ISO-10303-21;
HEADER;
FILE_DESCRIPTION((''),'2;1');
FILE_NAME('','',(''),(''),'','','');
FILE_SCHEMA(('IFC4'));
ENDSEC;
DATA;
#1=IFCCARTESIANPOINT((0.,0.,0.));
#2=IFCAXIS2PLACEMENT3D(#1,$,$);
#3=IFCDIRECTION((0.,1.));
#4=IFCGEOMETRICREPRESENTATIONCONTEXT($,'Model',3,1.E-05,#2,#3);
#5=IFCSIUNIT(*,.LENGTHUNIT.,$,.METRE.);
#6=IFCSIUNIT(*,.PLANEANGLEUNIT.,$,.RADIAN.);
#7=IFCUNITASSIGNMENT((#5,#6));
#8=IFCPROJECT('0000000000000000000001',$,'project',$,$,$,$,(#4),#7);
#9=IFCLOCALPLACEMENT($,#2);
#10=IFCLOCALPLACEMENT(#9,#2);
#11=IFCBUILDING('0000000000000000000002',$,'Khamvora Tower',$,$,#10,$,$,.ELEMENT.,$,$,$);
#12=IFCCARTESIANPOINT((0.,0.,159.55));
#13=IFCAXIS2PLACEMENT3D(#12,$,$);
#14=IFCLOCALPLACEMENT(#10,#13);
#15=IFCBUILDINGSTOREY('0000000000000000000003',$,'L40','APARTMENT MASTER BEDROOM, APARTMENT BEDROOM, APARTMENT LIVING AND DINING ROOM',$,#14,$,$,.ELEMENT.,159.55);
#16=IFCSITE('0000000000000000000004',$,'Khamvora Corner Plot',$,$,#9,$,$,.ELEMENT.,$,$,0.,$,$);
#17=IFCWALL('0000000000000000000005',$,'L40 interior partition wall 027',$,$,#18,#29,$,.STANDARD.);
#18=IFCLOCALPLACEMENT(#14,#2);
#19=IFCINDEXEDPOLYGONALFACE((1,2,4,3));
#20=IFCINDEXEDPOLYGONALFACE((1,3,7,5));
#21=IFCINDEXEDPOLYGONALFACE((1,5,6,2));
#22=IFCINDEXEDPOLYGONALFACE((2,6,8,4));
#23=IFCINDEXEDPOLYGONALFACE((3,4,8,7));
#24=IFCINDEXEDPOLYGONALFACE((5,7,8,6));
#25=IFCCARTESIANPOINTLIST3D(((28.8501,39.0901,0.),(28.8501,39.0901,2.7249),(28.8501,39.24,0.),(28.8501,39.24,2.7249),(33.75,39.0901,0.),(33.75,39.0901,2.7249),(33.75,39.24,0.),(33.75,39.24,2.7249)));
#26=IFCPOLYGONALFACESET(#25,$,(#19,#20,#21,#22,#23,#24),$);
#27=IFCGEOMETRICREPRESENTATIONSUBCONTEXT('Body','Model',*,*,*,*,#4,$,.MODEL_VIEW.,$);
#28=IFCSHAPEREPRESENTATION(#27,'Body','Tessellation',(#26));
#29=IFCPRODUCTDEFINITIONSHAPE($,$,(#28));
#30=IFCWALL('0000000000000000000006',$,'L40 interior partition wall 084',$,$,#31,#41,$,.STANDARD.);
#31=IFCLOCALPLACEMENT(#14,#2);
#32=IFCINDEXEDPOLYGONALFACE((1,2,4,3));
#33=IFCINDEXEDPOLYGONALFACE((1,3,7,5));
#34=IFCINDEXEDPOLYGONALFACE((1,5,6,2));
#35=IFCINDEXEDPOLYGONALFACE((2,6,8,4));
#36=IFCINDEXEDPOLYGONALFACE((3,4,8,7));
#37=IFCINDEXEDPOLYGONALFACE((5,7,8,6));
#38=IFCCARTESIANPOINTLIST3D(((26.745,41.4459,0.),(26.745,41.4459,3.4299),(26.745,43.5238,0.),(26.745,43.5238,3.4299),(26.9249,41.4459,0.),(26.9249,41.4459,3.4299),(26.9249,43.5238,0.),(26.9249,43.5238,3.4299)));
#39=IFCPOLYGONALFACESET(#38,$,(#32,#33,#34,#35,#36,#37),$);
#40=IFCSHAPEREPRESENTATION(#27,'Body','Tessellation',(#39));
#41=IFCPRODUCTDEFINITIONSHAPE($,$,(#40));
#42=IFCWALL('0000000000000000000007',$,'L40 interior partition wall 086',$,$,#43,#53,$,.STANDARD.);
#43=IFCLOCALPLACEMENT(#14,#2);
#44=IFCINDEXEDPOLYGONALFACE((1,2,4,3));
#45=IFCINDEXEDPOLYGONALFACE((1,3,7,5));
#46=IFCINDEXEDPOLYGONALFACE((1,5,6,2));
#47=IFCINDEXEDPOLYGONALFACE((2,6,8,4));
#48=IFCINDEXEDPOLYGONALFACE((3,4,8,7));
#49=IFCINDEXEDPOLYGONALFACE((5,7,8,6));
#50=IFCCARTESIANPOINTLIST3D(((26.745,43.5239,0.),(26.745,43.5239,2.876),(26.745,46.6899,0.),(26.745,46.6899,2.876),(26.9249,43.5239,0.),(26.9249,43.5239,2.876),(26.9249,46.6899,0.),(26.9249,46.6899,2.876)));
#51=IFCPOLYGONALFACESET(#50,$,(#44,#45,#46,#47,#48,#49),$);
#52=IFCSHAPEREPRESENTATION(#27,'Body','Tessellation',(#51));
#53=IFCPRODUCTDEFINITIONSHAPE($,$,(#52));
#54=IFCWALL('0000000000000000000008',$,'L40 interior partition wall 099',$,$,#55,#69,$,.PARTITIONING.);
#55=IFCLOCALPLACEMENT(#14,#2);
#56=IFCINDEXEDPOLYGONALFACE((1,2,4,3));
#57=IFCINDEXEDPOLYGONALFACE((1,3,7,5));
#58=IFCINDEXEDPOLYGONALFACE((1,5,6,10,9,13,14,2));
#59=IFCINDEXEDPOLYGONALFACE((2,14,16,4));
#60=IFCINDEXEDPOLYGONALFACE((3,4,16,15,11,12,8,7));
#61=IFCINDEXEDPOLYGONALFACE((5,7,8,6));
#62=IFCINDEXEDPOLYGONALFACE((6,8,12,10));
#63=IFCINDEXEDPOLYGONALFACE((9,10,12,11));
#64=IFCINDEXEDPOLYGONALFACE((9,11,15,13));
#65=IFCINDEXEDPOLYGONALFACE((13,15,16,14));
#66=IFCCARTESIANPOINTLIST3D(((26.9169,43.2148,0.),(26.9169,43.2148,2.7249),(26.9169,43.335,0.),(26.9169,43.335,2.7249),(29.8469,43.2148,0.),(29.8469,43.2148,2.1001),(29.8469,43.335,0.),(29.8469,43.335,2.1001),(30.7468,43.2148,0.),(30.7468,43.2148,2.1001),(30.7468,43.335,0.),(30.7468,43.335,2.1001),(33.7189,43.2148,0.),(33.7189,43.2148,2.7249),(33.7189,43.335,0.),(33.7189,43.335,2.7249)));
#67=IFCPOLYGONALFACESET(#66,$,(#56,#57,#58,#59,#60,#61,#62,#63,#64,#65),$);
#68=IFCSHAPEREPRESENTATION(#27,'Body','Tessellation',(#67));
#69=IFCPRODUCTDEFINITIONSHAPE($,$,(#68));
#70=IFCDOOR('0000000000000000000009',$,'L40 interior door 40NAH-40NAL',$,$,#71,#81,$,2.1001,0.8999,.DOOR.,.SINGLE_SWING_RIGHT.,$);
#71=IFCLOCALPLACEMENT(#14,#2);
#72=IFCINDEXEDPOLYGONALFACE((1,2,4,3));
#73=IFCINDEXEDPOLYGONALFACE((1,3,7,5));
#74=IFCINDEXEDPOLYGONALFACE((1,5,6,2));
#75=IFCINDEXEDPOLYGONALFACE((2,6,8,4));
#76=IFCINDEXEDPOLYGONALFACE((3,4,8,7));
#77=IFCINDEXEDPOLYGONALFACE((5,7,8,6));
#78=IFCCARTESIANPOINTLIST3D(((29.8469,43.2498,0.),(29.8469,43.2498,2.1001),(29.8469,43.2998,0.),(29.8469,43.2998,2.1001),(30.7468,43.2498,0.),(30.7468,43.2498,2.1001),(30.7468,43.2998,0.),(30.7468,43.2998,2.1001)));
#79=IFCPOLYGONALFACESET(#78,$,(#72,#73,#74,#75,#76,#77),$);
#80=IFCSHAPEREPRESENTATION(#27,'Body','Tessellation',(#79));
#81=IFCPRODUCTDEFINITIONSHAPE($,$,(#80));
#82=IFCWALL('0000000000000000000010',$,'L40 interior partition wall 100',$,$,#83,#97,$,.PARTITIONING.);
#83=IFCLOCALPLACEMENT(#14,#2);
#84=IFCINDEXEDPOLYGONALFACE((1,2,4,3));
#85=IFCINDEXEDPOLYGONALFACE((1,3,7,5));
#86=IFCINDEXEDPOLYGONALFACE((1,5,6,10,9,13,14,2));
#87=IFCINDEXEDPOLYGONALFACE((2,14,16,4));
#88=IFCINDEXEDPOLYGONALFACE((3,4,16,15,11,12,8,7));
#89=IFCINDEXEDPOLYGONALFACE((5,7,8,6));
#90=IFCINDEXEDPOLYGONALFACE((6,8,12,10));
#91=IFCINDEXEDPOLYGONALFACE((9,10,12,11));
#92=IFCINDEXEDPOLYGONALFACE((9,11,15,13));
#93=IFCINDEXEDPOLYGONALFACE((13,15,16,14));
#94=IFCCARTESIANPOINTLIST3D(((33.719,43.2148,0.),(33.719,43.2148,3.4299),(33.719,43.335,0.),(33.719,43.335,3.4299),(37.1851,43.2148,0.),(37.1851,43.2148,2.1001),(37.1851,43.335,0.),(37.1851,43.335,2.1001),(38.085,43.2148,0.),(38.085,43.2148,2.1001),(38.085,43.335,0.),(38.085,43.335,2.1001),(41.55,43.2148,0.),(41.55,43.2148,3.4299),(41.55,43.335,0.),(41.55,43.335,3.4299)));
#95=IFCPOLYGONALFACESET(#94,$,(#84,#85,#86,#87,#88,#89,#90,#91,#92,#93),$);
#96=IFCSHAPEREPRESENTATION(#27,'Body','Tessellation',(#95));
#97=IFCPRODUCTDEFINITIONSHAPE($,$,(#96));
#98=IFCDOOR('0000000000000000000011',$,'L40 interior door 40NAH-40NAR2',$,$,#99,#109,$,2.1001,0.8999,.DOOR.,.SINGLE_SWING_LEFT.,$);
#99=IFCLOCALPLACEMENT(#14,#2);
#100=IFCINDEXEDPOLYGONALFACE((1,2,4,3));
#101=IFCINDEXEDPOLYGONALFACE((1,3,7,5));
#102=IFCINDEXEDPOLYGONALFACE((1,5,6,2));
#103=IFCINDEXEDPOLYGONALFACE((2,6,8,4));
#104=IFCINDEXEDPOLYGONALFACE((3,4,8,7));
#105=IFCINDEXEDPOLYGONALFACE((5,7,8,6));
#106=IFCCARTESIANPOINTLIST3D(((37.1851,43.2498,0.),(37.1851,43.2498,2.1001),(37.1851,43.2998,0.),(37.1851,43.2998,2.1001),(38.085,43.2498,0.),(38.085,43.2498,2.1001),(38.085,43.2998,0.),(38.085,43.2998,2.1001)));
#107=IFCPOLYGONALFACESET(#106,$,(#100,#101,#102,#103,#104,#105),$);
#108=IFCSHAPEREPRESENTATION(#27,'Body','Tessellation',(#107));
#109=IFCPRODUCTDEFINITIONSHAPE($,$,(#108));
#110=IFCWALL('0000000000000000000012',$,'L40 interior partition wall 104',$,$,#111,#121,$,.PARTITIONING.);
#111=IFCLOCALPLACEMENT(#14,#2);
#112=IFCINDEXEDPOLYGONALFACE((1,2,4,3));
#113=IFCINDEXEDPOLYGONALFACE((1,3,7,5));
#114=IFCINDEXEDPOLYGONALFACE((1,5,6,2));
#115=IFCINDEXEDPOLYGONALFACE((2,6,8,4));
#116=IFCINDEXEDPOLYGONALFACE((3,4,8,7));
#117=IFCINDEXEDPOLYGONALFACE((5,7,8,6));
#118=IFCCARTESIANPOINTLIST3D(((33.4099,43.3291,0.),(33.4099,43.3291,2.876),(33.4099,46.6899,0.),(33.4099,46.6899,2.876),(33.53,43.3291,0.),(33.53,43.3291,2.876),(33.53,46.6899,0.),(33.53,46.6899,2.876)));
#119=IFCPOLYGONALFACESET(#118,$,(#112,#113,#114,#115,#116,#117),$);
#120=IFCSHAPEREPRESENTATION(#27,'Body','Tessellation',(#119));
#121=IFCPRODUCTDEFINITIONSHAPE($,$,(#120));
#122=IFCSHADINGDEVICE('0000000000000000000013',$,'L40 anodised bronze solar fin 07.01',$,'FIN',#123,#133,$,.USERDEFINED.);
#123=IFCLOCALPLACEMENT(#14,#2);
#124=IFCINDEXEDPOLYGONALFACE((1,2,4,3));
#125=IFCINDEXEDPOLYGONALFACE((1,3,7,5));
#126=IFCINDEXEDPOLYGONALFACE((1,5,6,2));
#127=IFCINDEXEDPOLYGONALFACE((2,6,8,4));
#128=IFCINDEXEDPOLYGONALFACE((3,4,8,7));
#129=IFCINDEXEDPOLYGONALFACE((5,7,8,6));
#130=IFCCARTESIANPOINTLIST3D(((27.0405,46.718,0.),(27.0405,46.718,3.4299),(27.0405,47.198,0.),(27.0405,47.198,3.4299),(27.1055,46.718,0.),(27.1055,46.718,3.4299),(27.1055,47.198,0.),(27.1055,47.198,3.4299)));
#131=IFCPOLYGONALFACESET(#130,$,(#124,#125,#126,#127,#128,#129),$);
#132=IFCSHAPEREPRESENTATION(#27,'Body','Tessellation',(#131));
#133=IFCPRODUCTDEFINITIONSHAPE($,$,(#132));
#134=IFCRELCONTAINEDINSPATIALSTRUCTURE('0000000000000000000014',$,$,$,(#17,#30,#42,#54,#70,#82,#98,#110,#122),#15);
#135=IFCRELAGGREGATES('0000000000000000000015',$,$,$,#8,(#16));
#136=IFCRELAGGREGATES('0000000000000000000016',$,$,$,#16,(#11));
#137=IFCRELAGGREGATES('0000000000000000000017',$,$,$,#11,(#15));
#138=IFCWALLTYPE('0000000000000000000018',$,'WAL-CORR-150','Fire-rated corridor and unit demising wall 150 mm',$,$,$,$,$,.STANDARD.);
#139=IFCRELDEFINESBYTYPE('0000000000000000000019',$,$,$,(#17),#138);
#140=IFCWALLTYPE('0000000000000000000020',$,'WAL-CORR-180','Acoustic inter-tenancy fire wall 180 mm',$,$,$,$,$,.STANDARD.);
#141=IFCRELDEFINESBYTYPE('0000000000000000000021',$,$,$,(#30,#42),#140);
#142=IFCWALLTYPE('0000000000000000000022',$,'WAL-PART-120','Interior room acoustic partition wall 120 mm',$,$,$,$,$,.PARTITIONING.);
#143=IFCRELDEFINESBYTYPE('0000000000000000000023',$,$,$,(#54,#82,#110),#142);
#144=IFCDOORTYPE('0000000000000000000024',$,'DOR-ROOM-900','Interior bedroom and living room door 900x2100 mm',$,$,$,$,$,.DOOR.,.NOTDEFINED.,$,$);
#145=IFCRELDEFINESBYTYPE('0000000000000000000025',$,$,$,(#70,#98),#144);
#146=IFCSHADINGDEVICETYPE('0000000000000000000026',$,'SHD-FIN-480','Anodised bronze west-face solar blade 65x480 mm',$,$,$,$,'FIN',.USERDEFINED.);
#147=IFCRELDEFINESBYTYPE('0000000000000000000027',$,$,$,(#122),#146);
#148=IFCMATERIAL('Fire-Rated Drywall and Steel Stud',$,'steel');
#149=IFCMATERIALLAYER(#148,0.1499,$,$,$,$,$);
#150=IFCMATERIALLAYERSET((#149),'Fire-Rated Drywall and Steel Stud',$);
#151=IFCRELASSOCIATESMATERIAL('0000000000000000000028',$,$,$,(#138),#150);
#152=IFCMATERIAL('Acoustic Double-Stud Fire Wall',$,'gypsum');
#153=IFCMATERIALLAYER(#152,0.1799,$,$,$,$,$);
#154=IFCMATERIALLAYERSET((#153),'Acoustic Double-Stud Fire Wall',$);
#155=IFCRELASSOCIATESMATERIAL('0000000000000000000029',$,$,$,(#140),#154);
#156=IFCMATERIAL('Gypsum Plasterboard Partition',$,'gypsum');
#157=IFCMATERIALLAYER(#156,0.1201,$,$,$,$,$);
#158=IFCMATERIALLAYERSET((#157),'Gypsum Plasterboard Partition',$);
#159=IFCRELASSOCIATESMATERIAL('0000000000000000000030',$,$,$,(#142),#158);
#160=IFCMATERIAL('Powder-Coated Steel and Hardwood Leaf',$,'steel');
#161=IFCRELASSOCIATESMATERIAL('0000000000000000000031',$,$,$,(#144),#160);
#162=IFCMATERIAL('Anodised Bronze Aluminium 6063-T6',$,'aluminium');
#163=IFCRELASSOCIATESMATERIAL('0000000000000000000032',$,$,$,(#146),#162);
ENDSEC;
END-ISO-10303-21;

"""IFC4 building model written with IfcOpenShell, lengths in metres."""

from ifc_helpers import new_model, si_unit, direction, frame, frame_2d, origin, origin_2d, place, context, subcontext, project, spatial, rectangle, extrude, material, layer, layer_set, type_object, element, fill, save


model = new_model("IFC4")

# Units and contexts
model_context = context("Model", 3, precision=1e-05, world=origin(), true_north=direction((0.0, 1.0)))
body_context = subcontext(model_context, "Body", "Model", "MODEL_VIEW")
ifc_project = project(units=[si_unit("LENGTHUNIT", "METRE"), si_unit("PLANEANGLEUNIT", "RADIAN")], contexts=[model_context])

# Site, building, storey
site_placement = place(None, origin())
site = spatial("IfcSite", under=ifc_project, at=site_placement, Name="Khamvora Corner Plot", CompositionType="ELEMENT", RefElevation=0.0)
building_placement = place(site_placement, origin())
building = spatial("IfcBuilding", under=site, at=building_placement, Name="Khamvora Tower", CompositionType="ELEMENT")
storey_placement = place(building_placement, frame((0.0, 0.0, 159.55)))
storey = spatial("IfcBuildingStorey", under=building, at=storey_placement, Name="L40", Description="APARTMENT MASTER BEDROOM, APARTMENT BEDROOM, APARTMENT LIVING AND DINING ROOM", CompositionType="ELEMENT", Elevation=159.55)

# Shared definitions
ifc_material_1 = material(Name="Powder-Coated Steel and Hardwood Leaf", Category="steel")
ifc_material_2 = material(Name="Fire-Rated Drywall and Steel Stud", Category="steel")
ifc_layer_1 = layer(ifc_material_2, 0.1499)
ifc_layer_set_1 = layer_set([ifc_layer_1], Name="Fire-Rated Drywall and Steel Stud")
wall_type_1 = type_object("IfcWallType", Name="WAL-CORR-150", Description="Fire-rated corridor and unit demising wall 150 mm", PredefinedType="STANDARD", material=ifc_layer_set_1)

# Walls
wall_1_placement = place(storey_placement, frame((28.8501, 39.165, 0.0), z_axis=(0.0, 0.0, 1.0), x_axis=(1.0, 0.0, 0.0)))
element("IfcWall", 1, at=wall_1_placement, inside=storey, type_object=wall_type_1, Name="L40 interior partition wall 027", PredefinedType="STANDARD", context=body_context, shape_type="SweptSolid", body=[
    extrude(rectangle(XDim=4.8999, YDim=0.1499, at=frame_2d((2.45, 0.0))), origin(), (0.0, 0.0, 1.0), 2.7249),
])
ifc_material_3 = material(Name="Acoustic Double-Stud Fire Wall", Category="gypsum")
ifc_layer_2 = layer(ifc_material_3, 0.1799)
ifc_layer_set_2 = layer_set([ifc_layer_2], Name="Acoustic Double-Stud Fire Wall")
wall_type_2 = type_object("IfcWallType", Name="WAL-CORR-180", Description="Acoustic inter-tenancy fire wall 180 mm", PredefinedType="STANDARD", material=ifc_layer_set_2)
wall_2_placement = place(storey_placement, frame((26.835, 43.5239, 0.0), z_axis=(0.0, 0.0, 1.0), x_axis=(0.0, -1.0, 0.0)))
element("IfcWall", 2, at=wall_2_placement, inside=storey, type_object=wall_type_2, Name="L40 interior partition wall 084", PredefinedType="STANDARD", context=body_context, shape_type="SweptSolid", body=[
    extrude(rectangle(XDim=2.0779, YDim=0.1799, at=frame_2d((1.0391, 0.0))), origin(), (0.0, 0.0, 1.0), 3.4299),
])
wall_3_placement = place(storey_placement, frame((26.835, 46.6899, 0.0), z_axis=(0.0, 0.0, 1.0), x_axis=(0.0, -1.0, 0.0)))
element("IfcWall", 3, at=wall_3_placement, inside=storey, type_object=wall_type_2, Name="L40 interior partition wall 086", PredefinedType="STANDARD", context=body_context, shape_type="SweptSolid", body=[
    extrude(rectangle(XDim=3.166, YDim=0.1799, at=frame_2d((1.583, 0.0))), origin(), (0.0, 0.0, 1.0), 2.876),
])

# Walls, openings, doors
ifc_material_4 = material(Name="Gypsum Plasterboard Partition", Category="gypsum")
ifc_layer_3 = layer(ifc_material_4, 0.1201)
ifc_layer_set_3 = layer_set([ifc_layer_3], Name="Gypsum Plasterboard Partition")
wall_type_3 = type_object("IfcWallType", Name="WAL-PART-120", Description="Interior room acoustic partition wall 120 mm", PredefinedType="PARTITIONING", material=ifc_layer_set_3)
wall_4_placement = place(storey_placement, frame((26.917, 43.2749, 0.0), z_axis=(0.0, 0.0, 1.0), x_axis=(1.0, 0.0, 0.0)))
wall_4 = element("IfcWall", 4, at=wall_4_placement, inside=storey, type_object=wall_type_3, Name="L40 interior partition wall 099", PredefinedType="PARTITIONING", context=body_context, shape_type="SweptSolid", body=[
    extrude(rectangle(XDim=6.802, YDim=0.1201, at=frame_2d((3.4009, 0.0))), origin(), (0.0, 0.0, 1.0), 2.7249),
])
opening_1_placement = place(wall_4_placement, frame((2.9299, 0.0, 0.0)))
opening_1 = element("IfcOpeningElement", 5, at=opening_1_placement, cuts=wall_4, PredefinedType="OPENING", context=body_context, shape_type="SweptSolid", body=[
    extrude(rectangle(XDim=0.8999, YDim=2.1001, at=frame_2d((0.45, 1.05))), frame((0.0, 0.0701, 0.0), z_axis=(0.0, -1.0, 0.0), x_axis=(1.0, 0.0, 0.0)), (0.0, 0.0, 1.0), 0.1401),
])
door_type_1 = type_object("IfcDoorType", Name="DOR-ROOM-900", Description="Interior bedroom and living room door 900x2100 mm", OperationType="NOTDEFINED", PredefinedType="DOOR", material=ifc_material_1)
door_1_placement = place(opening_1_placement, origin())
door_1 = element("IfcDoor", 6, at=door_1_placement, inside=storey, type_object=door_type_1, Name="L40 interior door 40NAH-40NAL", OperationType="SINGLE_SWING_RIGHT", OverallHeight=2.1001, OverallWidth=0.8999, PredefinedType="DOOR", context=body_context, shape_type="SweptSolid", body=[
    extrude(rectangle(XDim=0.8999, YDim=2.1001, at=frame_2d((0.45, 1.05))), frame((0.0, 0.0249, 0.0), z_axis=(0.0, -1.0, 0.0), x_axis=(1.0, 0.0, 0.0)), (0.0, 0.0, 1.0), 0.05),
])
fill(opening_1, door_1)
wall_5_placement = place(storey_placement, frame((33.719, 43.2749, 0.0), z_axis=(0.0, 0.0, 1.0), x_axis=(1.0, 0.0, 0.0)))
wall_5 = element("IfcWall", 7, at=wall_5_placement, inside=storey, type_object=wall_type_3, Name="L40 interior partition wall 100", PredefinedType="PARTITIONING", context=body_context, shape_type="SweptSolid", body=[
    extrude(rectangle(XDim=7.8311, YDim=0.1201, at=frame_2d((3.9155, 0.0))), origin(), (0.0, 0.0, 1.0), 3.4299),
])
opening_2_placement = place(wall_5_placement, frame((3.4661, 0.0, 0.0)))
opening_2 = element("IfcOpeningElement", 8, at=opening_2_placement, cuts=wall_5, PredefinedType="OPENING", context=body_context, shape_type="SweptSolid", body=[
    extrude(rectangle(XDim=0.8999, YDim=2.1001, at=frame_2d((0.45, 1.05))), frame((0.0, 0.0701, 0.0), z_axis=(0.0, -1.0, 0.0), x_axis=(1.0, 0.0, 0.0)), (0.0, 0.0, 1.0), 0.1401),
])
door_2_placement = place(opening_2_placement, origin())
door_2 = element("IfcDoor", 9, at=door_2_placement, inside=storey, type_object=door_type_1, Name="L40 interior door 40NAH-40NAR2", OperationType="SINGLE_SWING_LEFT", OverallHeight=2.1001, OverallWidth=0.8999, PredefinedType="DOOR", context=body_context, shape_type="SweptSolid", body=[
    extrude(rectangle(XDim=0.8999, YDim=2.1001, at=frame_2d((0.45, 1.05))), frame((0.0, 0.0249, 0.0), z_axis=(0.0, -1.0, 0.0), x_axis=(1.0, 0.0, 0.0)), (0.0, 0.0, 1.0), 0.05),
])
fill(opening_2, door_2)

# Wall
wall_6_placement = place(storey_placement, frame((33.47, 46.6899, 0.0), z_axis=(0.0, 0.0, 1.0), x_axis=(0.0, -1.0, 0.0)))
element("IfcWall", 10, at=wall_6_placement, inside=storey, type_object=wall_type_3, Name="L40 interior partition wall 104", PredefinedType="PARTITIONING", context=body_context, shape_type="SweptSolid", body=[
    extrude(rectangle(XDim=3.3608, YDim=0.1201, at=frame_2d((1.6804, 0.0))), origin(), (0.0, 0.0, 1.0), 2.876),
])

# Shading device
ifc_material_5 = material(Name="Anodised Bronze Aluminium 6063-T6", Category="aluminium")
shading_device_type = type_object("IfcShadingDeviceType", Name="SHD-FIN-480", Description="Anodised bronze west-face solar blade 65x480 mm", ElementType="FIN", PredefinedType="USERDEFINED", material=ifc_material_5)
shading_device_placement = place(storey_placement, frame((27.073, 46.958, 0.0), z_axis=(0.0, 0.0, 1.0), x_axis=(1.0, 0.0, 0.0)))
element("IfcShadingDevice", 11, at=shading_device_placement, inside=storey, type_object=shading_device_type, Name="L40 anodised bronze solar fin 07.01", ObjectType="FIN", PredefinedType="USERDEFINED", context=body_context, shape_type="SweptSolid", body=[
    extrude(rectangle(XDim=0.0649, YDim=0.48, at=origin_2d()), origin(), (0.0, 0.0, 1.0), 3.4299),
])

save(model, "model.ifc")
